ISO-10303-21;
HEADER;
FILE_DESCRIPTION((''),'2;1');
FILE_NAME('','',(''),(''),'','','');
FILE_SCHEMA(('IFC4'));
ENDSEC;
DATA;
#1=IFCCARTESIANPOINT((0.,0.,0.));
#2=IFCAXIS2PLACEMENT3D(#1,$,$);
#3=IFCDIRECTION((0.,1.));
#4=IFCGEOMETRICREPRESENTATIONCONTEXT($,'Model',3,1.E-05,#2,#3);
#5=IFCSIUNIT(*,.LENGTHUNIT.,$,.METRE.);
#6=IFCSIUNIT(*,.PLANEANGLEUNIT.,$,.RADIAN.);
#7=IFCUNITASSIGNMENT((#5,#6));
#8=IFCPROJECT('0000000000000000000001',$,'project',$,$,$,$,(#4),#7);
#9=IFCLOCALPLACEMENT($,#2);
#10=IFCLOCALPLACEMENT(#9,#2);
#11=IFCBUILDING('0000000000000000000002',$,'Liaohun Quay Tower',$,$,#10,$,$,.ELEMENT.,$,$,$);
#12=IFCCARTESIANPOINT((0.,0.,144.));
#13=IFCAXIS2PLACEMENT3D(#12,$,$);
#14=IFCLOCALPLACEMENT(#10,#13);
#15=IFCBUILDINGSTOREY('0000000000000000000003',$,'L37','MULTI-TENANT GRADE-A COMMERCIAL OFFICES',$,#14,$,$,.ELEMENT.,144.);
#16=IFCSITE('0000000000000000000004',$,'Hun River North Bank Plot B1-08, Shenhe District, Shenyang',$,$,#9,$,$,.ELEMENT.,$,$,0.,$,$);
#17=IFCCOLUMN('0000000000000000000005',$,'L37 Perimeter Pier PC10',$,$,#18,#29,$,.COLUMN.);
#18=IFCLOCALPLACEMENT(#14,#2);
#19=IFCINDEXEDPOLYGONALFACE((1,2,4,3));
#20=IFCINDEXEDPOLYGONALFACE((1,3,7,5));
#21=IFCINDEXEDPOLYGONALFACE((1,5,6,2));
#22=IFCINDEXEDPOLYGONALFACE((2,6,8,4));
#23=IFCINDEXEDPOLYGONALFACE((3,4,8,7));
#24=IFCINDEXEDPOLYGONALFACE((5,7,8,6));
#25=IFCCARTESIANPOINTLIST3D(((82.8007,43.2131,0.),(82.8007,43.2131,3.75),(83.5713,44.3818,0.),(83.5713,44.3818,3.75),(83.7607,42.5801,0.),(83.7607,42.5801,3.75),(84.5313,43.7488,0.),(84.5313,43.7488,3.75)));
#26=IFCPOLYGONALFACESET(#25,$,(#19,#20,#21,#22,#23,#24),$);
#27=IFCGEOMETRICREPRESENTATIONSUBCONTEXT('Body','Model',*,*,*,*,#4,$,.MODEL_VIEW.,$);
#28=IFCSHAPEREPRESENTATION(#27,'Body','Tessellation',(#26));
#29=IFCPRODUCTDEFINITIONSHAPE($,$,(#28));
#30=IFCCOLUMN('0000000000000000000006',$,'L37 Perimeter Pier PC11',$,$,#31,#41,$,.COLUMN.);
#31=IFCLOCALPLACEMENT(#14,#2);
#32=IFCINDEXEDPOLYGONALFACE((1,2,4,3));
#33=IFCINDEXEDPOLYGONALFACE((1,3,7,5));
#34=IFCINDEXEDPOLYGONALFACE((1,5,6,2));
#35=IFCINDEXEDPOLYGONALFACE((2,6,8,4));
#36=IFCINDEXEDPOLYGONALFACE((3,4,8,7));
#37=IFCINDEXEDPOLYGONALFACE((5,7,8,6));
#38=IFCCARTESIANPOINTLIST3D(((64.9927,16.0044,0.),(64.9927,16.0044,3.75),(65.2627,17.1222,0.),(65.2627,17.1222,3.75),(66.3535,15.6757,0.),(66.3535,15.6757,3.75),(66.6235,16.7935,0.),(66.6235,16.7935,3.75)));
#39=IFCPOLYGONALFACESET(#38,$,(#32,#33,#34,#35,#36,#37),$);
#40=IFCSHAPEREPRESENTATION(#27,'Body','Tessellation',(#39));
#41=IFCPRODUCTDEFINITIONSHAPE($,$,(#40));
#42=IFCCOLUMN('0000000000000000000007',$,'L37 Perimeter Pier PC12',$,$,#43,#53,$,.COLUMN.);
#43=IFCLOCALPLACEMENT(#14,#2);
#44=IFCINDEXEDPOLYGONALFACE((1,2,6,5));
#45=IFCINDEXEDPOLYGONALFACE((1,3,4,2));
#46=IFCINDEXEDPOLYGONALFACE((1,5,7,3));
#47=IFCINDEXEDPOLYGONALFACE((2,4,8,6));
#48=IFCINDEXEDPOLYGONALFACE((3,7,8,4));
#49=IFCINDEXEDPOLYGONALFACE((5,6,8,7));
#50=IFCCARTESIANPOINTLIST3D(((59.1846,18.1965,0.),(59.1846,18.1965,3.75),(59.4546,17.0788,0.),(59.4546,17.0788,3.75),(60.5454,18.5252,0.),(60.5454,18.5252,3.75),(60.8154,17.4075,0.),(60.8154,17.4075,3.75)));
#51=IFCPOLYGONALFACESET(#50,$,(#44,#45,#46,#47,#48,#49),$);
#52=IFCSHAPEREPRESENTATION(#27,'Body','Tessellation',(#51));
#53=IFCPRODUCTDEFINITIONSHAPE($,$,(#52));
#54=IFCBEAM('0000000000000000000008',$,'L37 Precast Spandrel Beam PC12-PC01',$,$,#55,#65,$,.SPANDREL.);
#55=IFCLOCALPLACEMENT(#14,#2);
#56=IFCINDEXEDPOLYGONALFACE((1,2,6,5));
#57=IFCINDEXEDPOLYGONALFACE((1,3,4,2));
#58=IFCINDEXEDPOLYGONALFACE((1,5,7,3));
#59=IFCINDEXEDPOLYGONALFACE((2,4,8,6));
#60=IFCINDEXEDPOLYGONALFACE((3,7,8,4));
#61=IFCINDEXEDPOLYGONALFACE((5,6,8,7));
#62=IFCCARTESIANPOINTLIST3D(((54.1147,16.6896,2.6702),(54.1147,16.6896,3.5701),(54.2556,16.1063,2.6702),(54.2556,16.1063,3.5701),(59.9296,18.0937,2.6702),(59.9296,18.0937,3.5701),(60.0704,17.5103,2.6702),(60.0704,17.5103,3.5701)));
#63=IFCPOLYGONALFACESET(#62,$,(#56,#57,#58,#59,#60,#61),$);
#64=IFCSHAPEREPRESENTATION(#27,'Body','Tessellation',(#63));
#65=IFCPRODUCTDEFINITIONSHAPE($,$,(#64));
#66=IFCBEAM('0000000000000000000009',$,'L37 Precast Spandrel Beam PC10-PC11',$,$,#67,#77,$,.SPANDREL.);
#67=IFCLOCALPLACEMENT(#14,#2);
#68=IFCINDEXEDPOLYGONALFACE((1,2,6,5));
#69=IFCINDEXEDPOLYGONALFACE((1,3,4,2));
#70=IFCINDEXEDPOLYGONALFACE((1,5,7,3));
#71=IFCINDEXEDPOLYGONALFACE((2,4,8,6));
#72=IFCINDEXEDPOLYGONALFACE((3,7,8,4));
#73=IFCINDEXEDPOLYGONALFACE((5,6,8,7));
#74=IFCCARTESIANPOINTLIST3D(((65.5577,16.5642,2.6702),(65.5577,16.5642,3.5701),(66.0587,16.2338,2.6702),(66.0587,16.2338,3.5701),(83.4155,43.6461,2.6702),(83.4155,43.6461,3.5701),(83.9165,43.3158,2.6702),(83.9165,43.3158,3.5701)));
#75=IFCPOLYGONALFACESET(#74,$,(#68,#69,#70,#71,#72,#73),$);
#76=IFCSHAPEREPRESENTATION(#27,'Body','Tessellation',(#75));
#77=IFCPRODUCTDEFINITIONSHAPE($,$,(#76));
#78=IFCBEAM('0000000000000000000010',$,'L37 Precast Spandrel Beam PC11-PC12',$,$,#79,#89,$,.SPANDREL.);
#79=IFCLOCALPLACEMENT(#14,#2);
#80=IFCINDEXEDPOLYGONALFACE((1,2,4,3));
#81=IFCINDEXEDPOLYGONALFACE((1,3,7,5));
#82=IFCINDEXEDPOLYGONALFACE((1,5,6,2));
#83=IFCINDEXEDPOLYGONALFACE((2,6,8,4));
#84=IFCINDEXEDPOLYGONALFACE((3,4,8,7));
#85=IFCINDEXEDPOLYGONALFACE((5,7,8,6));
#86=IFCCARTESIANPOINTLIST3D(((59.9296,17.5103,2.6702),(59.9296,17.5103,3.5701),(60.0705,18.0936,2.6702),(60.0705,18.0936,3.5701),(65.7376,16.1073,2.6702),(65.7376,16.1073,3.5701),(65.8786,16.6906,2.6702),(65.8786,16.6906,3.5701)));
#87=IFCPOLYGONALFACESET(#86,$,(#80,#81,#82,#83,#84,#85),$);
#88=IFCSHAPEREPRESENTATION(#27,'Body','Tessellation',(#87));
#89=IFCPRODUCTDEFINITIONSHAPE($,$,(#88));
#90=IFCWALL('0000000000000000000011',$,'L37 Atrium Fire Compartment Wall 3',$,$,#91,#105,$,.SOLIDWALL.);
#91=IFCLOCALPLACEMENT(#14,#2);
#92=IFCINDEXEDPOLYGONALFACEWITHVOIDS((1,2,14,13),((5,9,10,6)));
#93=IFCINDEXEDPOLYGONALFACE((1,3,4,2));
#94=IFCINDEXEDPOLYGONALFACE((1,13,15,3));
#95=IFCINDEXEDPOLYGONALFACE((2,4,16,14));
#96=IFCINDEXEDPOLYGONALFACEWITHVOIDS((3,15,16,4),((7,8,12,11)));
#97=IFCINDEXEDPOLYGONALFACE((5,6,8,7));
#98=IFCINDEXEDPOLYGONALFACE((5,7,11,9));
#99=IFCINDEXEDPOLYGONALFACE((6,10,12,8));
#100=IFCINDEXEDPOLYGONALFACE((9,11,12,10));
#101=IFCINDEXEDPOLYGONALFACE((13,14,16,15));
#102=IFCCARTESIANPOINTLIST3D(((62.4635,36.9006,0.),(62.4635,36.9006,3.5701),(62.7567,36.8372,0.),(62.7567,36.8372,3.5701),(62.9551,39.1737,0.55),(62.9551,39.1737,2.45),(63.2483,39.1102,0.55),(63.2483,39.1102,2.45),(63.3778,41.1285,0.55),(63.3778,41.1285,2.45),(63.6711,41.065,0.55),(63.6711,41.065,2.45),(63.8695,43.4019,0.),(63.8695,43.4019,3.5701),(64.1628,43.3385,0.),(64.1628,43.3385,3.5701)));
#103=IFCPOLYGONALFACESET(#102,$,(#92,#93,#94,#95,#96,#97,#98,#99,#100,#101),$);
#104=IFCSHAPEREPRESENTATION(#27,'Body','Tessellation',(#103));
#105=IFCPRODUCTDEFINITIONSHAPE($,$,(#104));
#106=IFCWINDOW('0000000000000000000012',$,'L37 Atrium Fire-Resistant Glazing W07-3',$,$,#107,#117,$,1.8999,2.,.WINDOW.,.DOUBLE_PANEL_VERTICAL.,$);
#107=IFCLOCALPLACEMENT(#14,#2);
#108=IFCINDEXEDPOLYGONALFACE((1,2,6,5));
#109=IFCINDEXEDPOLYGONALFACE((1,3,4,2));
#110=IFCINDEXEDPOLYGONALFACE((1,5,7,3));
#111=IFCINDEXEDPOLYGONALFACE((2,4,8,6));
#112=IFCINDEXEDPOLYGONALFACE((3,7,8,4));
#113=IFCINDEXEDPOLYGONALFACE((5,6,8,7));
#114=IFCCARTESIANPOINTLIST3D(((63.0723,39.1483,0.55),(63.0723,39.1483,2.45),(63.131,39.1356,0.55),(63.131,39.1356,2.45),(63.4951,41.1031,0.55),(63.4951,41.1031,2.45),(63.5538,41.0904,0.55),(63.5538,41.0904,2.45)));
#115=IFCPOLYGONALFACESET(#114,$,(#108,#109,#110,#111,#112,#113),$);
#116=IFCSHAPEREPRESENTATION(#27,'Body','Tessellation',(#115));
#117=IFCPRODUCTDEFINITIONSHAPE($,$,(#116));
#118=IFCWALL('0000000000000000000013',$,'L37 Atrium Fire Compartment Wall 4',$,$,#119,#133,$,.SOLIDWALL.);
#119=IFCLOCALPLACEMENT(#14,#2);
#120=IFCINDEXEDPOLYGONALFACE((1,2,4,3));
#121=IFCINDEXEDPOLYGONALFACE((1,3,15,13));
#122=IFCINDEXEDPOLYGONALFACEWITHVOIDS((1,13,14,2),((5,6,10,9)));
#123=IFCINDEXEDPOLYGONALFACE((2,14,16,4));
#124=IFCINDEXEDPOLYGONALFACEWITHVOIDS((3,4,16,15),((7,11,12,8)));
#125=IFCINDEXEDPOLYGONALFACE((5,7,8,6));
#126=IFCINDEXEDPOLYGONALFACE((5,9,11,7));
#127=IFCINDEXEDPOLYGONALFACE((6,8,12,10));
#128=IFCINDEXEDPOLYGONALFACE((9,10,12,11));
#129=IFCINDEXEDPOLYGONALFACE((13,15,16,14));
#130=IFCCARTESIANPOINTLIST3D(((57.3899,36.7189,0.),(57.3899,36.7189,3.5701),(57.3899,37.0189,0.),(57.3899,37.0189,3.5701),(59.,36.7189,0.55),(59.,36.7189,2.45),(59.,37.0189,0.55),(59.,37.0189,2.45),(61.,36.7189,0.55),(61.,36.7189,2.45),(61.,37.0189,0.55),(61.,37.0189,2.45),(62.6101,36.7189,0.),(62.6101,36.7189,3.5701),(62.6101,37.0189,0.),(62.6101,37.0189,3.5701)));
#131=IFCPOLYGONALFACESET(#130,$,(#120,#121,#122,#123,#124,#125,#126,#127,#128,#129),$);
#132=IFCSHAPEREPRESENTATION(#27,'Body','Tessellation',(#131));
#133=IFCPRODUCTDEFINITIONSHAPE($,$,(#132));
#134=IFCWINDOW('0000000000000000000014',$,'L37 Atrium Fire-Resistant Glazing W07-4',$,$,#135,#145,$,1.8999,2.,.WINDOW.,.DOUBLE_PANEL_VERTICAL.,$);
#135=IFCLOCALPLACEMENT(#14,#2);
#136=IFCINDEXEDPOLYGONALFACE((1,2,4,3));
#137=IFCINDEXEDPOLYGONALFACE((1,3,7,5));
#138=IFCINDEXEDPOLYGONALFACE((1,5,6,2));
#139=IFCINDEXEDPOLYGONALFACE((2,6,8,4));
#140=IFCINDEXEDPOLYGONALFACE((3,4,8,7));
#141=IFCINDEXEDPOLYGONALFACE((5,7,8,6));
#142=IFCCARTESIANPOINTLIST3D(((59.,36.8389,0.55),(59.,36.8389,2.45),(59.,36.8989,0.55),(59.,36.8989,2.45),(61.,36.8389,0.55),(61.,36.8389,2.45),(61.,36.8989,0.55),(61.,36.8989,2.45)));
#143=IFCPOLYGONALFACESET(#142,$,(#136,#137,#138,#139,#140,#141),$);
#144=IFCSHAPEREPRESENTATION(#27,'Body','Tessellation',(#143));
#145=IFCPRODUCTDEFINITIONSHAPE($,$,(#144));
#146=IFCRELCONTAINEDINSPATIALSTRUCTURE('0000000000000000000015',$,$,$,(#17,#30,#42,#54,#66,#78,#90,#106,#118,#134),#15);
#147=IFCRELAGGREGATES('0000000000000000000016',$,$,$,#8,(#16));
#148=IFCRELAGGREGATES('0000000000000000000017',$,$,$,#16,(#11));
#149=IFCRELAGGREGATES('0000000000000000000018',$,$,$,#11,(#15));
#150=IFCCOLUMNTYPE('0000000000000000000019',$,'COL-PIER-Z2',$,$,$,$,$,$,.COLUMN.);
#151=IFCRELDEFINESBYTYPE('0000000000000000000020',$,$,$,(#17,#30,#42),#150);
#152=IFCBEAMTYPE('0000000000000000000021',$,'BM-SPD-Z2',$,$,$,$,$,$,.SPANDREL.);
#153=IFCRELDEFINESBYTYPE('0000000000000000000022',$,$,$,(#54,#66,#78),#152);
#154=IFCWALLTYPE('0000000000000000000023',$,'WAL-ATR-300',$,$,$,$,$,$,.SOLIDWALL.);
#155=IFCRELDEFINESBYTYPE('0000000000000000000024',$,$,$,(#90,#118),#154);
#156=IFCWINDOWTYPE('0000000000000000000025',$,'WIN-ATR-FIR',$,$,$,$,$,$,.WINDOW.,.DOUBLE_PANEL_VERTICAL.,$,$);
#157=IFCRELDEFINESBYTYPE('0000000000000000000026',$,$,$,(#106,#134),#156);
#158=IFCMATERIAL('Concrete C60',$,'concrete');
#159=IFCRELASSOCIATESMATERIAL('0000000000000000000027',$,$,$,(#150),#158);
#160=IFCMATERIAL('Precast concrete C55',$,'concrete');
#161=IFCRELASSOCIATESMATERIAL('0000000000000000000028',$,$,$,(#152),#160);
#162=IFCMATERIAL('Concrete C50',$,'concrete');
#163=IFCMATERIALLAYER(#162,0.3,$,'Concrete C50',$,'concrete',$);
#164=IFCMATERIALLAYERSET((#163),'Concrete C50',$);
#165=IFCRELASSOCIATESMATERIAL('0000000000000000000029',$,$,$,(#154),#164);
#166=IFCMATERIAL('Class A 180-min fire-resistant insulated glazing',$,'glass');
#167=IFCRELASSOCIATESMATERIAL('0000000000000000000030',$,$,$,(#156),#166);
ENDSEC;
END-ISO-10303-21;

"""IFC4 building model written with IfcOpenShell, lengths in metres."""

from ifc_helpers import new_model, si_unit, direction, frame, frame_2d, origin, origin_2d, place, context, subcontext, project, spatial, rectangle, extrude, source, transform, mapped, material, layer, layer_set, material_profile, profile_set, type_object, element, fill, save


model = new_model("IFC4")

# Units and contexts
model_context = context("Model", 3, precision=1e-05, world=origin(), true_north=direction((0.0, 1.0)))
body_context = subcontext(model_context, "Body", "Model", "MODEL_VIEW")
ifc_project = project(units=[si_unit("LENGTHUNIT", "METRE"), si_unit("PLANEANGLEUNIT", "RADIAN")], contexts=[model_context])

# Site, building, storey
site_placement = place(None, origin())
site = spatial("IfcSite", under=ifc_project, at=site_placement, Name="Hun River North Bank Plot B1-08, Shenhe District, Shenyang", CompositionType="ELEMENT", RefElevation=0.0)
building_placement = place(site_placement, origin())
building = spatial("IfcBuilding", under=site, at=building_placement, Name="Liaohun Quay Tower", CompositionType="ELEMENT")
storey_placement = place(building_placement, frame((0.0, 0.0, 144.0)))
storey = spatial("IfcBuildingStorey", under=building, at=storey_placement, Name="L37", Description="MULTI-TENANT GRADE-A COMMERCIAL OFFICES", CompositionType="ELEMENT", Elevation=144.0)

# Columns
ifc_material_1 = material(Name="Concrete C60", Category="concrete")
ifc_material_profile_1 = material_profile(ifc_material_1, rectangle(XDim=1.3999, YDim=1.1499, at=origin_2d()), Name="RC1400x1150")
ifc_profile_set_1 = profile_set([ifc_material_profile_1], Name="Concrete C60")
column_type = type_object("IfcColumnType", Name="COL-PIER-Z2", PredefinedType="COLUMN", material=ifc_profile_set_1)
shared_shape_1 = source(origin(), body_context, "Body", "SweptSolid", [
    extrude(rectangle(XDim=1.3999, YDim=1.1499, at=origin_2d()), origin(), (0.0, 0.0, 1.0), 3.75),
])
for number, where, z_axis, x_axis, name in (
    (1, (83.666, 43.481, 0.0), (0.0, 0.0, 1.0), (0.550481, 0.834848, 0.0), "L37 Perimeter Pier PC10"),
    (2, (65.8081, 16.3989, 0.0), (0.0, 0.0, 1.0), (-0.972043, 0.234803, 0.0), "L37 Perimeter Pier PC11"),
    (3, (60.0, 17.802, 0.0), (0.0, 0.0, 1.0), (0.972043, 0.234803, 0.0), "L37 Perimeter Pier PC12"),
):
    element("IfcColumn", number, at=place(storey_placement, frame(where, z_axis=z_axis, x_axis=x_axis)), inside=storey, type_object=column_type, Name=name, PredefinedType="COLUMN", context=body_context, shape_type="MappedRepresentation", body=[
        mapped(shared_shape_1, transform((0.0, 0.0, 0.0), x_axis=(1.0, 0.0, 0.0), y_axis=(0.0, 1.0, 0.0), z_axis=(0.0, 0.0, 1.0), scale=1.0)),
    ])

# Beams
ifc_material_2 = material(Name="Precast concrete C55", Category="concrete")
ifc_material_profile_2 = material_profile(ifc_material_2, rectangle(XDim=0.6001, YDim=0.8999, at=origin_2d()), Name="RC600x900")
ifc_profile_set_2 = profile_set([ifc_material_profile_2], Name="Precast concrete C55")
beam_type = type_object("IfcBeamType", Name="BM-SPD-Z2", PredefinedType="SPANDREL", material=ifc_profile_set_2)
shared_shape_2 = source(origin(), body_context, "Body", "SweptSolid", [
    extrude(rectangle(XDim=0.6001, YDim=0.8999, at=origin_2d()), origin(), (0.0, 0.0, 1.0), 5.9819),
])
beam_1_placement = place(storey_placement, frame((60.0, 17.802, 3.1201), z_axis=(-0.972065, -0.234711, 0.0), x_axis=(0.234711, -0.972065, 0.0)))
element("IfcBeam", 4, at=beam_1_placement, inside=storey, type_object=beam_type, Name="L37 Precast Spandrel Beam PC12-PC01", PredefinedType="SPANDREL", context=body_context, shape_type="MappedRepresentation", body=[
    mapped(shared_shape_2, transform((0.0, 0.0, 0.0), x_axis=(1.0, 0.0, 0.0), y_axis=(0.0, 1.0, 0.0), z_axis=(0.0, 0.0, 1.0), scale=1.0)),
])
shared_shape_3 = source(origin(), body_context, "Body", "SweptSolid", [
    extrude(rectangle(XDim=0.6001, YDim=0.8999, at=origin_2d()), origin(), (0.0, 0.0, 1.0), 32.4397),
])
beam_2_placement = place(storey_placement, frame((83.666, 43.481, 3.1201), z_axis=(-0.550494, -0.834839, 0.0), x_axis=(0.834839, -0.550494, 0.0)))
element("IfcBeam", 5, at=beam_2_placement, inside=storey, type_object=beam_type, Name="L37 Precast Spandrel Beam PC10-PC11", PredefinedType="SPANDREL", context=body_context, shape_type="MappedRepresentation", body=[
    mapped(shared_shape_3, transform((0.0, 0.0, 0.0), x_axis=(1.0, 0.0, 0.0), y_axis=(0.0, 1.0, 0.0), z_axis=(0.0, 0.0, 1.0), scale=1.0)),
])
shared_shape_4 = source(origin(), body_context, "Body", "SweptSolid", [
    extrude(rectangle(XDim=0.6001, YDim=0.8999, at=origin_2d()), origin(), (0.0, 0.0, 1.0), 5.9751),
])
beam_3_placement = place(storey_placement, frame((65.8081, 16.3989, 3.1201), z_axis=(-0.972039, 0.234818, 0.0), x_axis=(-0.234818, -0.972039, 0.0)))
element("IfcBeam", 6, at=beam_3_placement, inside=storey, type_object=beam_type, Name="L37 Precast Spandrel Beam PC11-PC12", PredefinedType="SPANDREL", context=body_context, shape_type="MappedRepresentation", body=[
    mapped(shared_shape_4, transform((0.0, 0.0, 0.0), x_axis=(1.0, 0.0, 0.0), y_axis=(0.0, 1.0, 0.0), z_axis=(0.0, 0.0, 1.0), scale=1.0)),
])

# Walls, openings, windows
ifc_material_3 = material(Name="Concrete C50", Category="concrete")
ifc_layer_1 = layer(ifc_material_3, 0.3, Name="Concrete C50", Category="concrete")
ifc_layer_set_1 = layer_set([ifc_layer_1], Name="Concrete C50")
wall_type_1 = type_object("IfcWallType", Name="WAL-ATR-300", PredefinedType="SOLIDWALL", material=ifc_layer_set_1)
wall_1_placement = place(storey_placement, frame((64.0161, 43.3701, 0.0), z_axis=(0.0, 0.0, 1.0), x_axis=(-0.211381, -0.977404, 0.0)))
wall_1 = element("IfcWall", 7, at=wall_1_placement, inside=storey, type_object=wall_type_1, Name="L37 Atrium Fire Compartment Wall 3", PredefinedType="SOLIDWALL", context=body_context, shape_type="SweptSolid", body=[
    extrude(rectangle(XDim=6.6516, YDim=0.3, at=frame_2d((3.3257, 0.0))), origin(), (0.0, 0.0, 1.0), 3.5701),
])
shared_shape_5 = source(origin(), body_context, "Body", "SweptSolid", [
    extrude(rectangle(XDim=2.0, YDim=1.8999, at=frame_2d((1.0, 0.95))), frame((0.0, 0.1599, 0.0), z_axis=(0.0, -1.0, 0.0), x_axis=(1.0, 0.0, 0.0)), (0.0, 0.0, 1.0), 0.3201),
])
opening_1_placement = place(wall_1_placement, frame((2.3259, 0.0, 0.55)))
opening_1 = element("IfcOpeningElement", 8, at=opening_1_placement, cuts=wall_1, PredefinedType="OPENING", context=body_context, shape_type="MappedRepresentation", body=[
    mapped(shared_shape_5, transform((0.0, 0.0, 0.0), x_axis=(1.0, 0.0, 0.0), y_axis=(0.0, 1.0, 0.0), z_axis=(0.0, 0.0, 1.0), scale=1.0)),
])
ifc_material_4 = material(Name="Class A 180-min fire-resistant insulated glazing", Category="glass")
window_type_1 = type_object("IfcWindowType", Name="WIN-ATR-FIR", PartitioningType="DOUBLE_PANEL_VERTICAL", PredefinedType="WINDOW", material=ifc_material_4)
shared_shape_6 = source(origin(), body_context, "Body", "SweptSolid", [
    extrude(rectangle(XDim=2.0, YDim=1.8999, at=frame_2d((1.0, 0.95))), frame((0.0, 0.03, 0.0), z_axis=(0.0, -1.0, 0.0), x_axis=(1.0, 0.0, 0.0)), (0.0, 0.0, 1.0), 0.0601),
])
window_1_placement = place(opening_1_placement, origin())
window_1 = element("IfcWindow", 9, at=window_1_placement, inside=storey, type_object=window_type_1, Name="L37 Atrium Fire-Resistant Glazing W07-3", OverallHeight=1.8999, OverallWidth=2.0, PartitioningType="DOUBLE_PANEL_VERTICAL", PredefinedType="WINDOW", context=body_context, shape_type="MappedRepresentation", body=[
    mapped(shared_shape_6, transform((0.0, 0.0, 0.0), x_axis=(1.0, 0.0, 0.0), y_axis=(0.0, 1.0, 0.0), z_axis=(0.0, 0.0, 1.0), scale=1.0)),
])
fill(opening_1, window_1)
wall_2_placement = place(storey_placement, frame((62.6101, 36.8689, 0.0), z_axis=(0.0, 0.0, 1.0), x_axis=(-1.0, 0.0, 0.0)))
wall_2 = element("IfcWall", 10, at=wall_2_placement, inside=storey, type_object=wall_type_1, Name="L37 Atrium Fire Compartment Wall 4", PredefinedType="SOLIDWALL", context=body_context, shape_type="SweptSolid", body=[
    extrude(rectangle(XDim=5.2202, YDim=0.3, at=frame_2d((2.6101, 0.0))), origin(), (0.0, 0.0, 1.0), 3.5701),
])
opening_2_placement = place(wall_2_placement, frame((1.6101, 0.0, 0.55)))
opening_2 = element("IfcOpeningElement", 11, at=opening_2_placement, cuts=wall_2, PredefinedType="OPENING", context=body_context, shape_type="MappedRepresentation", body=[
    mapped(shared_shape_5, transform((0.0, 0.0, 0.0), x_axis=(1.0, 0.0, 0.0), y_axis=(0.0, 1.0, 0.0), z_axis=(0.0, 0.0, 1.0), scale=1.0)),
])
window_2_placement = place(opening_2_placement, origin())
window_2 = element("IfcWindow", 12, at=window_2_placement, inside=storey, type_object=window_type_1, Name="L37 Atrium Fire-Resistant Glazing W07-4", OverallHeight=1.8999, OverallWidth=2.0, PartitioningType="DOUBLE_PANEL_VERTICAL", PredefinedType="WINDOW", context=body_context, shape_type="MappedRepresentation", body=[
    mapped(shared_shape_6, transform((0.0, 0.0, 0.0), x_axis=(1.0, 0.0, 0.0), y_axis=(0.0, 1.0, 0.0), z_axis=(0.0, 0.0, 1.0), scale=1.0)),
])
fill(opening_2, window_2)

save(model, "model.ifc")
